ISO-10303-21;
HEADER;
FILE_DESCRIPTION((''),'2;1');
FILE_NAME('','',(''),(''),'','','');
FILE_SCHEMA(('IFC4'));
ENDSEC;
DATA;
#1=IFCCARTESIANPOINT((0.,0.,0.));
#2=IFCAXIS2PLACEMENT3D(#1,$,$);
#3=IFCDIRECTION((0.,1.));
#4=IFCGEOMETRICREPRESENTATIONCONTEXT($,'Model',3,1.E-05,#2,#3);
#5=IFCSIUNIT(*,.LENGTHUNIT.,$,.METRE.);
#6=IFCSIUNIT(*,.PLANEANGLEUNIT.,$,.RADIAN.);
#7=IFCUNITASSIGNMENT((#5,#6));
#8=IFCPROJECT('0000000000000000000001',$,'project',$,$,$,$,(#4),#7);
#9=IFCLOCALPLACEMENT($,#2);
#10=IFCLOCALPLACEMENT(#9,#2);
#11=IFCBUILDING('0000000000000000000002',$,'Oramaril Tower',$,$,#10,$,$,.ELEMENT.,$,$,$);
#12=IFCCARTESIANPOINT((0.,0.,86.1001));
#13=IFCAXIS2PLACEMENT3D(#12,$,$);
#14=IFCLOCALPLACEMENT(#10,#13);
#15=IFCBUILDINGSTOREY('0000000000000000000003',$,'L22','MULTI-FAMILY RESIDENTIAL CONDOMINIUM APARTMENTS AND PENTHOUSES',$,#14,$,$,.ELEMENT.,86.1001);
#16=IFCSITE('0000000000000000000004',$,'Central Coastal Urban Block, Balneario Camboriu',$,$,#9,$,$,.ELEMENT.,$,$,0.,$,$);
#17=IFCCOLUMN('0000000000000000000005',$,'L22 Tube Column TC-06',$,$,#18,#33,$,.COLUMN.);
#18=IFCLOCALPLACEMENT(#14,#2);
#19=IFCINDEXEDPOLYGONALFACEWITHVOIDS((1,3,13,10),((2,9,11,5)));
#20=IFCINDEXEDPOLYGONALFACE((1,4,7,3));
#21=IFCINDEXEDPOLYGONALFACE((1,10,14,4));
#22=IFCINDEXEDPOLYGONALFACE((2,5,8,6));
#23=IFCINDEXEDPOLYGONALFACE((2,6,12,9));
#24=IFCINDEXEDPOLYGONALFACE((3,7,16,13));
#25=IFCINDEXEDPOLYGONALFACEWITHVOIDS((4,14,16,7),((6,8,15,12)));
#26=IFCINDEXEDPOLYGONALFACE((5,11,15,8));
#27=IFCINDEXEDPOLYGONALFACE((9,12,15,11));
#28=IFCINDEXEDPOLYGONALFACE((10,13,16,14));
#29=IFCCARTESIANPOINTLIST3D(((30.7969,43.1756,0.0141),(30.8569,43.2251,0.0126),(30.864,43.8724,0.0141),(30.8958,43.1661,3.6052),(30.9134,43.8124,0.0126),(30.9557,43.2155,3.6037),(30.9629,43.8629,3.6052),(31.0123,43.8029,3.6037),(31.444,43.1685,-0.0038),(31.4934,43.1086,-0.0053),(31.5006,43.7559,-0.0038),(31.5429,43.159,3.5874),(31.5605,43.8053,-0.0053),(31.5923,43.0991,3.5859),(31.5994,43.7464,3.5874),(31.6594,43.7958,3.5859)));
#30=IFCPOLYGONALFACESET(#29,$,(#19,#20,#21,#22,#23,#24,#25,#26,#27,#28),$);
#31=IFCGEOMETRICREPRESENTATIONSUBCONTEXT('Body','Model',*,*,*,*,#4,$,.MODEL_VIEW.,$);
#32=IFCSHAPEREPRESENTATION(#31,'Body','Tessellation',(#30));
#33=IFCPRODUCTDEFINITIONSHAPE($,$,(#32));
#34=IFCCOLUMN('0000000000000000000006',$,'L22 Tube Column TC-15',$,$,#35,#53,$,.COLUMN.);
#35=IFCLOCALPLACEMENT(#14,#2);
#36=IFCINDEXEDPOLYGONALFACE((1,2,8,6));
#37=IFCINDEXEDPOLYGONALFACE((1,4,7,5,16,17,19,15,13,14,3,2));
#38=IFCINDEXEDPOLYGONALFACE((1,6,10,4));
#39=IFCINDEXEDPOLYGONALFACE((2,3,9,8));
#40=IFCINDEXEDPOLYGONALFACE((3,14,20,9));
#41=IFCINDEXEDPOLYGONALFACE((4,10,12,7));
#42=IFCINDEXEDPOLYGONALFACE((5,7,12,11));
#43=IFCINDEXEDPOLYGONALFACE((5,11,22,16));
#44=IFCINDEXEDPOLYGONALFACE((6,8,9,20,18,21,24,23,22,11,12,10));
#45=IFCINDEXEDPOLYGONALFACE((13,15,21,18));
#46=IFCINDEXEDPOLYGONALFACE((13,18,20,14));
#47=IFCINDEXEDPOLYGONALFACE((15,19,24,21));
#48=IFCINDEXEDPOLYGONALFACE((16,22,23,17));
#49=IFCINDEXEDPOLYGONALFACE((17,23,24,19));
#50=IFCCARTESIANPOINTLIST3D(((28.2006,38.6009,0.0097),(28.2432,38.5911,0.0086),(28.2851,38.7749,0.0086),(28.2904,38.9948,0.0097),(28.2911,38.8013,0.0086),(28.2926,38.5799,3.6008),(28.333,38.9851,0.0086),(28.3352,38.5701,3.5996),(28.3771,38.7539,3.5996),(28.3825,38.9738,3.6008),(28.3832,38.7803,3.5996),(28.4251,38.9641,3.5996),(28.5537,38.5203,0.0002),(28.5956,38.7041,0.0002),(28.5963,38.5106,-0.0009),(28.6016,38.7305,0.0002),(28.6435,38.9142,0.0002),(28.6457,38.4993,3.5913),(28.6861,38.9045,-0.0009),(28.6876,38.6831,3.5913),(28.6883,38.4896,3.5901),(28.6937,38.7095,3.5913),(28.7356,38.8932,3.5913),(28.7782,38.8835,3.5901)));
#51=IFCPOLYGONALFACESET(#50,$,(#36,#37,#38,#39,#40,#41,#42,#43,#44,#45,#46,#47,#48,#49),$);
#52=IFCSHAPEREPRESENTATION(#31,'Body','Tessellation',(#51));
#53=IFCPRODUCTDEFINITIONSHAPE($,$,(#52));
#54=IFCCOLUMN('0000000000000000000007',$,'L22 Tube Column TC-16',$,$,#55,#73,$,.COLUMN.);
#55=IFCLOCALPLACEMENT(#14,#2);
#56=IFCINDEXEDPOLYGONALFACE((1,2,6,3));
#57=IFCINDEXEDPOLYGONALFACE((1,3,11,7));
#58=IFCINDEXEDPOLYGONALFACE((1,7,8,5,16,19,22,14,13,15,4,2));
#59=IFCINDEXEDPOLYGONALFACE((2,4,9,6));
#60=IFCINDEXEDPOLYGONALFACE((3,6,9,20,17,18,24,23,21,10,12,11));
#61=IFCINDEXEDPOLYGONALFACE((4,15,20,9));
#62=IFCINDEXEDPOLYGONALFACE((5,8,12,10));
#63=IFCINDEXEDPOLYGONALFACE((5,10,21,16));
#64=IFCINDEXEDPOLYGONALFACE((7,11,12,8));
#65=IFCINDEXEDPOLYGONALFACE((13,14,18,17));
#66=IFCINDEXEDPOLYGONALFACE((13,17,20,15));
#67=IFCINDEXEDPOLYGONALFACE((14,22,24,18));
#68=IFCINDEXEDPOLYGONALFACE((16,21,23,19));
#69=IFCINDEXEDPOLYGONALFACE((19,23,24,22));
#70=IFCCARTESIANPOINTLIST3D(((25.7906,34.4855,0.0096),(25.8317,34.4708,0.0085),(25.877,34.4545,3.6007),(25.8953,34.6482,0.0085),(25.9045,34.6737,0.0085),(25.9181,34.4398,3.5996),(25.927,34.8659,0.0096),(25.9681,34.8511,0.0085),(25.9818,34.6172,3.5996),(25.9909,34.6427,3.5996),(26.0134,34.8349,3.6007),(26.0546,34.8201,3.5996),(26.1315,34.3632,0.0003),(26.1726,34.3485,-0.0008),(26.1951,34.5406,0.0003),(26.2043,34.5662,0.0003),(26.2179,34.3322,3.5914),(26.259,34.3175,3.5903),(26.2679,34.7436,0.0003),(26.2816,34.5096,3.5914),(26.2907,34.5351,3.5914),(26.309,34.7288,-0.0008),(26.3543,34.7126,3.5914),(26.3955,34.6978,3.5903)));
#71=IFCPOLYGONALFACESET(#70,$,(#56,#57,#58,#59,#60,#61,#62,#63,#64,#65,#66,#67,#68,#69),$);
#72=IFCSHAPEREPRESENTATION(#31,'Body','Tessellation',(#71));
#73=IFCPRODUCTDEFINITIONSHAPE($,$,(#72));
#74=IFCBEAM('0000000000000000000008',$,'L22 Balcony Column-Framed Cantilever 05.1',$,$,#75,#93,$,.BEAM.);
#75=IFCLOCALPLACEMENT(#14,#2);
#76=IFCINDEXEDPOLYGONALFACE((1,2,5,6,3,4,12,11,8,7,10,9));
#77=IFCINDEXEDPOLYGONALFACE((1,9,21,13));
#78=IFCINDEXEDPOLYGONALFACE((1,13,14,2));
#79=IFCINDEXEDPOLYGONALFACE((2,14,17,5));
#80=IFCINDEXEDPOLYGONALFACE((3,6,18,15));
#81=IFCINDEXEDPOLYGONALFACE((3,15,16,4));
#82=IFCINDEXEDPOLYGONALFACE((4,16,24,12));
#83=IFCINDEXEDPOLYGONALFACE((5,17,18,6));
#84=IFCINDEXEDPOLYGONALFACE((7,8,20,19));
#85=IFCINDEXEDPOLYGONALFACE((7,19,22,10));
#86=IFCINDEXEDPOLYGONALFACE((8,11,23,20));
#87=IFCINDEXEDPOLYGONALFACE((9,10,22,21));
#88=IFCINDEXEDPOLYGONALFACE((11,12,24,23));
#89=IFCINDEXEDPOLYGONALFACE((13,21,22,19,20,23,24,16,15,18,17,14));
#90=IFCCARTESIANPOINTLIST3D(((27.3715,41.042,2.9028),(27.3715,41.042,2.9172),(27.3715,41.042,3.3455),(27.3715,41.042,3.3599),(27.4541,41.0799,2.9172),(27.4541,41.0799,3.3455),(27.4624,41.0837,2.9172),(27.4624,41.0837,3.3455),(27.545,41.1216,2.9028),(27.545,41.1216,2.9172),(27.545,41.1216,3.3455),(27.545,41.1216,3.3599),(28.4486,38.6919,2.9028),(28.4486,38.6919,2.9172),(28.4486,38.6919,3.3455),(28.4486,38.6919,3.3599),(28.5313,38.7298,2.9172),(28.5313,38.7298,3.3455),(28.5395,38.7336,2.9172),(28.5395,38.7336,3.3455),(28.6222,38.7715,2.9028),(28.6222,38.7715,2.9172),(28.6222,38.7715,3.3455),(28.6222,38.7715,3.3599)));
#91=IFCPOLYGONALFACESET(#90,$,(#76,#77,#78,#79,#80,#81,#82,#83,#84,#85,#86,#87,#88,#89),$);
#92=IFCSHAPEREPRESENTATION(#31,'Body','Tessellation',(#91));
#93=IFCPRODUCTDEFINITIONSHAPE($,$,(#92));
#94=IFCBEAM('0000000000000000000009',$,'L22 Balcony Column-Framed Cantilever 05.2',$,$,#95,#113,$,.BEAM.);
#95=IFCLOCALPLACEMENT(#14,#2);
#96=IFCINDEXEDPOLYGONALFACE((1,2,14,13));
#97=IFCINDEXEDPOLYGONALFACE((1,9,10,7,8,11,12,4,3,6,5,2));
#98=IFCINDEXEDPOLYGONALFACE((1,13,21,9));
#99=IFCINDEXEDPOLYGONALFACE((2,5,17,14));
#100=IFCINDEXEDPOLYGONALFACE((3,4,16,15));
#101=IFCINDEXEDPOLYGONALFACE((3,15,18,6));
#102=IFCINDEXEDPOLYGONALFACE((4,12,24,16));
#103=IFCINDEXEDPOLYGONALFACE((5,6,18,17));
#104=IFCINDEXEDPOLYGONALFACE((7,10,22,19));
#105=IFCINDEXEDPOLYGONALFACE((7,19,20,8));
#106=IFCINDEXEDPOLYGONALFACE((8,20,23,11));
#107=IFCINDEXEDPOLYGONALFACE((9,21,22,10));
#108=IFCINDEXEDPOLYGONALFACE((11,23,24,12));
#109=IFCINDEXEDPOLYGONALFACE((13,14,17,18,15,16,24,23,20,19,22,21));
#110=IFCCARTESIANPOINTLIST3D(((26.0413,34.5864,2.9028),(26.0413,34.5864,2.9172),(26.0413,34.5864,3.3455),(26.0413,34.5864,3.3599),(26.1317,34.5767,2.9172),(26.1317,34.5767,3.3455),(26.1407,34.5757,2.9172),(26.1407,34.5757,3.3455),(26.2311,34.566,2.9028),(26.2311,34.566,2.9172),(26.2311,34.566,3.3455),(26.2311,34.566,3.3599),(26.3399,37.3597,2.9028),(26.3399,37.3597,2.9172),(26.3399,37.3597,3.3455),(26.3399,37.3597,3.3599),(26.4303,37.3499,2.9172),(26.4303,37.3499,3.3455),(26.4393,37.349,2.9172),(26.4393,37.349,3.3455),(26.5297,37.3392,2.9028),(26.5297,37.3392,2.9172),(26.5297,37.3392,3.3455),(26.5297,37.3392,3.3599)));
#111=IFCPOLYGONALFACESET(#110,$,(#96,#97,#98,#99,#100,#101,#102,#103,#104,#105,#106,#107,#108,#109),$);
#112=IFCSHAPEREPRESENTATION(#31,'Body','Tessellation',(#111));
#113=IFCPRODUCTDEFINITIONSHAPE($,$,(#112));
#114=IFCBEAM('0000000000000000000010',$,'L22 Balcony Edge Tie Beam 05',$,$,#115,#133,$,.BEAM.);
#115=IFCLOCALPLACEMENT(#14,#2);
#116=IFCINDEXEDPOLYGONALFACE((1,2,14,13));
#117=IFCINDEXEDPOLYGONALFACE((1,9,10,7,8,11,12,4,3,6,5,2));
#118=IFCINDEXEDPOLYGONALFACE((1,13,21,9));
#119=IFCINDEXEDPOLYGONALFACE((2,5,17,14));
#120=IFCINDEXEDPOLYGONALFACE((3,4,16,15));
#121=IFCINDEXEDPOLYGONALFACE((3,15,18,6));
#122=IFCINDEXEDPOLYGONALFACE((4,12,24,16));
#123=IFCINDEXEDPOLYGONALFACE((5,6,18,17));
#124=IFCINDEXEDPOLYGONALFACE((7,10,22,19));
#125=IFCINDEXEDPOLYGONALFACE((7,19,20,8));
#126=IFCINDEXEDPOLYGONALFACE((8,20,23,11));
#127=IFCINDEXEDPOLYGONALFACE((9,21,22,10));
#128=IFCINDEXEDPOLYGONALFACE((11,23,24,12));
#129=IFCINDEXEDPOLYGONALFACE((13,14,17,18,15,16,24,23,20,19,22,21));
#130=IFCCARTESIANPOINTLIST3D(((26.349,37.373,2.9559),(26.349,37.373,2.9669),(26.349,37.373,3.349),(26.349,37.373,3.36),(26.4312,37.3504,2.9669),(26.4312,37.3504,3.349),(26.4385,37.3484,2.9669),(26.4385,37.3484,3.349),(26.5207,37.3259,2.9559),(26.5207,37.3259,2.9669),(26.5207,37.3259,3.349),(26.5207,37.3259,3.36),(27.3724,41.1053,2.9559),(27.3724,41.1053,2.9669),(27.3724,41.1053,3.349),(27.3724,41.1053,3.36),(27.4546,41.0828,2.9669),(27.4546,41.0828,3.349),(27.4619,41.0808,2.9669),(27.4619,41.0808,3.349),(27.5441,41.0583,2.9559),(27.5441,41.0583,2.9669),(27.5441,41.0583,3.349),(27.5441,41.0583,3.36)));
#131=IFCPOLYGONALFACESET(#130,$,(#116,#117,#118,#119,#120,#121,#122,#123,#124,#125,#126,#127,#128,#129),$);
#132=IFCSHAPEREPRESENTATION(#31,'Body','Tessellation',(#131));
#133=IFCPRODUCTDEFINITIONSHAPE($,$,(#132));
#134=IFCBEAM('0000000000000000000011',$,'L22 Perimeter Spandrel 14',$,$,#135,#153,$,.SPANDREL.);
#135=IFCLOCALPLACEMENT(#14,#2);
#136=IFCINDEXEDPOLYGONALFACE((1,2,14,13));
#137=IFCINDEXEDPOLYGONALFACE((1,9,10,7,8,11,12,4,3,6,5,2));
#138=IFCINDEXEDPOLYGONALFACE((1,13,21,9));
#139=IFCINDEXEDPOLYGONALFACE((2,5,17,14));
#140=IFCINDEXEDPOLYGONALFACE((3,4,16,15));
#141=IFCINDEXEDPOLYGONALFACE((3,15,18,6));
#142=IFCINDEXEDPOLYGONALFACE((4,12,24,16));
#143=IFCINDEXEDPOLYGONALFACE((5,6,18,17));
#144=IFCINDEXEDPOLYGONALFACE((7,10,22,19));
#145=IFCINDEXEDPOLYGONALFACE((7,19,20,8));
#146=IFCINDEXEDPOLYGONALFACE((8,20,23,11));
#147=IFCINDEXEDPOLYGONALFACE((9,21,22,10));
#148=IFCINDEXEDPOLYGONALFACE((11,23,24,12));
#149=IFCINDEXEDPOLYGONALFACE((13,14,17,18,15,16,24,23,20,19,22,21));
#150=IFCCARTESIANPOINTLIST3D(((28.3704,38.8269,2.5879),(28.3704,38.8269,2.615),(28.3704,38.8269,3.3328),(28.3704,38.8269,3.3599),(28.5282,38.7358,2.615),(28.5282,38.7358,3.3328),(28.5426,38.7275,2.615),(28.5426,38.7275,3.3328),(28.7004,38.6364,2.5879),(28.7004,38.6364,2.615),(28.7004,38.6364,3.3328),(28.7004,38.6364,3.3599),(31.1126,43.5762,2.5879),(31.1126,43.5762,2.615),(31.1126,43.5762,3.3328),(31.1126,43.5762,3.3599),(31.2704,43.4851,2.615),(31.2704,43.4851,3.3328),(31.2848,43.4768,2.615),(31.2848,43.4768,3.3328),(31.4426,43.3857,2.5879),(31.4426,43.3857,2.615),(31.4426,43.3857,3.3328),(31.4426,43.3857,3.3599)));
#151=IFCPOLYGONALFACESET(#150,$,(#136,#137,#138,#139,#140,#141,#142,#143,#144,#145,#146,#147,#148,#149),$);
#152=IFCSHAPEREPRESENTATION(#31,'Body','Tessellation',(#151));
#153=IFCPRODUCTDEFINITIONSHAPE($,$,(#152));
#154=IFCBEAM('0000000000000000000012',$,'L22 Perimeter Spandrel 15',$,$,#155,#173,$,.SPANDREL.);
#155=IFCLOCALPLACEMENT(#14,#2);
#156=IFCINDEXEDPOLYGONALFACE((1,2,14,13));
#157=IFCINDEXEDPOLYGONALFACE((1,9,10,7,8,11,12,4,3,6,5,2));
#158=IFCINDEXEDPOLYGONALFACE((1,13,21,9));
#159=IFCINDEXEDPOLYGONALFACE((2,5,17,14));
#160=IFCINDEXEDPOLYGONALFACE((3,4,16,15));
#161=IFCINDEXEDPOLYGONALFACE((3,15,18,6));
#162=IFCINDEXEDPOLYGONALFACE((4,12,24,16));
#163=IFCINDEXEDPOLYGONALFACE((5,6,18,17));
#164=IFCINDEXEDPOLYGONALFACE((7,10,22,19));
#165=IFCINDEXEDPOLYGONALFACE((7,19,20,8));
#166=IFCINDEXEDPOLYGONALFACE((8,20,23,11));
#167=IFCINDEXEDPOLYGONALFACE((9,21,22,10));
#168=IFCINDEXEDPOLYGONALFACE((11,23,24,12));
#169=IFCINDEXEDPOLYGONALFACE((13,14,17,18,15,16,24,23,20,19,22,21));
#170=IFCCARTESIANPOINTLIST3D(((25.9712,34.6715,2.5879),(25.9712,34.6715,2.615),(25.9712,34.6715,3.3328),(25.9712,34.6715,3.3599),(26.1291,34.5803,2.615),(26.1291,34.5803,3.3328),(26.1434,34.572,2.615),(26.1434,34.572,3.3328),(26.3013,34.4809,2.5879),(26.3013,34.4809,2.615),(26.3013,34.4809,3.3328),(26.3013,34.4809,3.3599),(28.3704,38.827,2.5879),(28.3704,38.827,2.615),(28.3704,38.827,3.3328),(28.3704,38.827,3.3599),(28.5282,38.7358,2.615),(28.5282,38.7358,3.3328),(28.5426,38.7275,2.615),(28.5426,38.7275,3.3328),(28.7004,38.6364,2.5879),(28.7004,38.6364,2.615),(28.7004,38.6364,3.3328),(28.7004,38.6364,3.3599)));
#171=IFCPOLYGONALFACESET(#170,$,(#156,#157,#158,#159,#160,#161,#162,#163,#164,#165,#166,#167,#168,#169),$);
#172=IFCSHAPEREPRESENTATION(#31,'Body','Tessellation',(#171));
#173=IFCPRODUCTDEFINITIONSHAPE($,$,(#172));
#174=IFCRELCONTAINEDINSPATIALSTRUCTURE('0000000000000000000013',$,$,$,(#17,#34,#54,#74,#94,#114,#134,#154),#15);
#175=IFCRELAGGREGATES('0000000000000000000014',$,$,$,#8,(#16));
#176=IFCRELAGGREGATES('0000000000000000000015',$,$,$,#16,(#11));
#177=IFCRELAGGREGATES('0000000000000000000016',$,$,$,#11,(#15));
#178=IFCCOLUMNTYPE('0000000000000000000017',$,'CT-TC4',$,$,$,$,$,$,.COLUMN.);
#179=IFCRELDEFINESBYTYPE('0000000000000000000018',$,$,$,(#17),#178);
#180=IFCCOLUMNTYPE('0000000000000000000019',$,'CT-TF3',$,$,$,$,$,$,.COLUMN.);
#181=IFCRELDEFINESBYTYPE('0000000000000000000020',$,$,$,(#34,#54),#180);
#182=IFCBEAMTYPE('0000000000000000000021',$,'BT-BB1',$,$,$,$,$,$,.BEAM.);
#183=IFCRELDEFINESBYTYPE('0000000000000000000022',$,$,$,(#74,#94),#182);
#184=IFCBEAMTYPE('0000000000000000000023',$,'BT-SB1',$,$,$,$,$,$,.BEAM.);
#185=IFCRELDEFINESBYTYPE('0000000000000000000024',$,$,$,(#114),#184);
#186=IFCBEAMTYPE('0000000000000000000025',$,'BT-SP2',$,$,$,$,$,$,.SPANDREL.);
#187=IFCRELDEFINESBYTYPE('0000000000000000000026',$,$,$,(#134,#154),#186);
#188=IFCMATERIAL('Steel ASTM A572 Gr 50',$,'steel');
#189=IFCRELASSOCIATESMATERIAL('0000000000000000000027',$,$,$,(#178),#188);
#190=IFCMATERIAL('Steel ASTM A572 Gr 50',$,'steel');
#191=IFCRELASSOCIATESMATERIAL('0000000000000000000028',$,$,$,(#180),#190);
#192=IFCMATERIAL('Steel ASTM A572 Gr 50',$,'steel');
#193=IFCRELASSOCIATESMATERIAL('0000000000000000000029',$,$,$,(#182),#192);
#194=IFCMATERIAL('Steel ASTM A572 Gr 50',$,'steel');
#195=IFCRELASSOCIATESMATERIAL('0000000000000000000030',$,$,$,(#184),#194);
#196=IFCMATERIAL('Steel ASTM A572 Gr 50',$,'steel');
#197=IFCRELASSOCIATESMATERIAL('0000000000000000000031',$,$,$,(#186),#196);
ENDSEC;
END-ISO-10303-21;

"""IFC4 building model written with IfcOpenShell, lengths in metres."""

from ifc_helpers import new_model, si_unit, direction, frame, origin, origin_2d, place, context, subcontext, project, spatial, hollow_rectangle, i_section, extrude, material, material_profile, profile_set, type_object, element, save


model = new_model("IFC4")

# Units and contexts
model_context = context("Model", 3, precision=1e-05, world=origin(), true_north=direction((0.0, 1.0)))
body_context = subcontext(model_context, "Body", "Model", "MODEL_VIEW")
ifc_project = project(units=[si_unit("LENGTHUNIT", "METRE"), si_unit("PLANEANGLEUNIT", "RADIAN")], contexts=[model_context])

# Site, building, storey
site_placement = place(None, origin())
site = spatial("IfcSite", under=ifc_project, at=site_placement, Name="Central Coastal Urban Block, Balneario Camboriu", CompositionType="ELEMENT", RefElevation=0.0)
building_placement = place(site_placement, origin())
building = spatial("IfcBuilding", under=site, at=building_placement, Name="Oramaril Tower", CompositionType="ELEMENT")
storey_placement = place(building_placement, frame((0.0, 0.0, 86.1001)))
storey = spatial("IfcBuildingStorey", under=building, at=storey_placement, Name="L22", Description="MULTI-FAMILY RESIDENTIAL CONDOMINIUM APARTMENTS AND PENTHOUSES", CompositionType="ELEMENT", Elevation=86.1001)

# Columns
ifc_material_1 = material(Name="Steel ASTM A572 Gr 50", Category="steel")
ifc_material_profile_1 = material_profile(ifc_material_1, hollow_rectangle(XDim=0.7, YDim=0.7, WallThickness=0.0549, at=origin_2d()), Name="BOX700X700X55")
ifc_profile_set_1 = profile_set([ifc_material_profile_1], Name="Steel ASTM A572 Gr 50")
column_type_1 = type_object("IfcColumnType", Name="CT-TC4", PredefinedType="COLUMN", material=ifc_profile_set_1)
column_placement = place(storey_placement, frame((31.1787, 43.4905, 0.0044), z_axis=(0.027524, -0.00265, 0.999618), x_axis=(0.095853, 0.995396, 0.0)))
element("IfcColumn", 1, at=column_placement, inside=storey, type_object=column_type_1, Name="L22 Tube Column TC-06", PredefinedType="COLUMN", context=body_context, shape_type="SweptSolid", body=[
    extrude(hollow_rectangle(XDim=0.7, YDim=0.7, WallThickness=0.0549, at=origin_2d()), origin(), (0.0, 0.0, 1.0), 3.5925),
])
ifc_material_2 = material(Name="Steel ASTM A572 Gr 50", Category="steel")
ifc_material_profile_2 = material_profile(ifc_material_2, i_section(OverallWidth=0.4041, OverallDepth=0.406, WebThickness=0.0271, FlangeThickness=0.0437, at=origin_2d()), Name="W14X233")
ifc_profile_set_2 = profile_set([ifc_material_profile_2], Name="Steel ASTM A572 Gr 50")
column_type_2 = type_object("IfcColumnType", Name="CT-TF3", PredefinedType="COLUMN", material=ifc_profile_set_2)
for number, where, z_axis, x_axis, name in (
    (2, (28.4434, 38.7527, 0.0044), (0.025622, -0.005845, 0.999655), (0.222403, 0.974955, 0.0), "L22 Tube Column TC-15"),
    (3, (26.0498, 34.6072, 0.0044), (0.024059, -0.008631, 0.999673), (0.337684, 0.94126, 0.0), "L22 Tube Column TC-16"),
):
    element("IfcColumn", number, at=place(storey_placement, frame(where, z_axis=z_axis, x_axis=x_axis)), inside=storey, type_object=column_type_2, Name=name, PredefinedType="COLUMN", context=body_context, shape_type="SweptSolid", body=[
        extrude(i_section(OverallWidth=0.4041, OverallDepth=0.406, WebThickness=0.0271, FlangeThickness=0.0437, at=origin_2d()), origin(), (0.0, 0.0, 1.0), 3.5923),
    ])

# Beams
ifc_material_3 = material(Name="Steel ASTM A572 Gr 50", Category="steel")
ifc_material_profile_3 = material_profile(ifc_material_3, i_section(OverallWidth=0.1909, OverallDepth=0.457, WebThickness=0.009, FlangeThickness=0.0144, at=origin_2d()), Name="W18X50")
ifc_profile_set_3 = profile_set([ifc_material_profile_3], Name="Steel ASTM A572 Gr 50")
beam_type_1 = type_object("IfcBeamType", Name="BT-BB1", PredefinedType="BEAM", material=ifc_profile_set_3)
beam_1_placement = place(storey_placement, frame((28.5354, 38.7317, 3.1313), z_axis=(-0.416661, 0.909062, 0.0), x_axis=(-0.909062, -0.416661, 0.0)))
element("IfcBeam", 4, at=beam_1_placement, inside=storey, type_object=beam_type_1, Name="L22 Balcony Column-Framed Cantilever 05.1", PredefinedType="BEAM", context=body_context, shape_type="SweptSolid", body=[
    extrude(i_section(OverallWidth=0.1909, OverallDepth=0.457, WebThickness=0.009, FlangeThickness=0.0144, at=origin_2d()), origin(), (0.0, 0.0, 1.0), 2.5852),
])
beam_2_placement = place(storey_placement, frame((26.1362, 34.5762, 3.1313), z_axis=(0.107049, 0.994254, 0.0), x_axis=(-0.994254, 0.107049, 0.0)))
element("IfcBeam", 5, at=beam_2_placement, inside=storey, type_object=beam_type_1, Name="L22 Balcony Column-Framed Cantilever 05.2", PredefinedType="BEAM", context=body_context, shape_type="SweptSolid", body=[
    extrude(i_section(OverallWidth=0.1909, OverallDepth=0.457, WebThickness=0.009, FlangeThickness=0.0144, at=origin_2d()), origin(), (0.0, 0.0, 1.0), 2.7893),
])
ifc_material_4 = material(Name="Steel ASTM A572 Gr 50", Category="steel")
ifc_material_profile_4 = material_profile(ifc_material_4, i_section(OverallWidth=0.178, OverallDepth=0.4041, WebThickness=0.0076, FlangeThickness=0.011, at=origin_2d()), Name="W16X36")
ifc_profile_set_4 = profile_set([ifc_material_profile_4], Name="Steel ASTM A572 Gr 50")
beam_type_2 = type_object("IfcBeamType", Name="BT-SB1", PredefinedType="BEAM", material=ifc_profile_set_4)
beam_3_placement = place(storey_placement, frame((27.4583, 41.0818, 3.158), z_axis=(-0.264441, -0.964402, 0.0), x_axis=(0.964402, -0.264441, 0.0)))
element("IfcBeam", 6, at=beam_3_placement, inside=storey, type_object=beam_type_2, Name="L22 Balcony Edge Tie Beam 05", PredefinedType="BEAM", context=body_context, shape_type="SweptSolid", body=[
    extrude(i_section(OverallWidth=0.178, OverallDepth=0.4041, WebThickness=0.0076, FlangeThickness=0.011, at=origin_2d()), origin(), (0.0, 0.0, 1.0), 3.8701),
])
ifc_material_5 = material(Name="Steel ASTM A572 Gr 50", Category="steel")
ifc_material_profile_5 = material_profile(ifc_material_5, i_section(OverallWidth=0.3811, OverallDepth=0.772, WebThickness=0.0166, FlangeThickness=0.0271, at=origin_2d()), Name="W30X173")
ifc_profile_set_5 = profile_set([ifc_material_profile_5], Name="Steel ASTM A572 Gr 50")
beam_type_3 = type_object("IfcBeamType", Name="BT-SP2", PredefinedType="SPANDREL", material=ifc_profile_set_5)
beam_4_placement = place(storey_placement, frame((31.2776, 43.481, 2.9739), z_axis=(-0.500027, -0.86601, 0.0), x_axis=(0.86601, -0.500027, 0.0)))
element("IfcBeam", 7, at=beam_4_placement, inside=storey, type_object=beam_type_3, Name="L22 Perimeter Spandrel 14", PredefinedType="SPANDREL", context=body_context, shape_type="SweptSolid", body=[
    extrude(i_section(OverallWidth=0.3811, OverallDepth=0.772, WebThickness=0.0166, FlangeThickness=0.0271, at=origin_2d()), origin(), (0.0, 0.0, 1.0), 5.4841),
])
beam_5_placement = place(storey_placement, frame((28.5354, 38.7317, 2.9739), z_axis=(-0.499997, -0.866027, 0.0), x_axis=(0.866027, -0.499997, 0.0)))
element("IfcBeam", 8, at=beam_5_placement, inside=storey, type_object=beam_type_3, Name="L22 Perimeter Spandrel 15", PredefinedType="SPANDREL", context=body_context, shape_type="SweptSolid", body=[
    extrude(i_section(OverallWidth=0.3811, OverallDepth=0.772, WebThickness=0.0166, FlangeThickness=0.0271, at=origin_2d()), origin(), (0.0, 0.0, 1.0), 4.7983),
])

save(model, "model.ifc")
